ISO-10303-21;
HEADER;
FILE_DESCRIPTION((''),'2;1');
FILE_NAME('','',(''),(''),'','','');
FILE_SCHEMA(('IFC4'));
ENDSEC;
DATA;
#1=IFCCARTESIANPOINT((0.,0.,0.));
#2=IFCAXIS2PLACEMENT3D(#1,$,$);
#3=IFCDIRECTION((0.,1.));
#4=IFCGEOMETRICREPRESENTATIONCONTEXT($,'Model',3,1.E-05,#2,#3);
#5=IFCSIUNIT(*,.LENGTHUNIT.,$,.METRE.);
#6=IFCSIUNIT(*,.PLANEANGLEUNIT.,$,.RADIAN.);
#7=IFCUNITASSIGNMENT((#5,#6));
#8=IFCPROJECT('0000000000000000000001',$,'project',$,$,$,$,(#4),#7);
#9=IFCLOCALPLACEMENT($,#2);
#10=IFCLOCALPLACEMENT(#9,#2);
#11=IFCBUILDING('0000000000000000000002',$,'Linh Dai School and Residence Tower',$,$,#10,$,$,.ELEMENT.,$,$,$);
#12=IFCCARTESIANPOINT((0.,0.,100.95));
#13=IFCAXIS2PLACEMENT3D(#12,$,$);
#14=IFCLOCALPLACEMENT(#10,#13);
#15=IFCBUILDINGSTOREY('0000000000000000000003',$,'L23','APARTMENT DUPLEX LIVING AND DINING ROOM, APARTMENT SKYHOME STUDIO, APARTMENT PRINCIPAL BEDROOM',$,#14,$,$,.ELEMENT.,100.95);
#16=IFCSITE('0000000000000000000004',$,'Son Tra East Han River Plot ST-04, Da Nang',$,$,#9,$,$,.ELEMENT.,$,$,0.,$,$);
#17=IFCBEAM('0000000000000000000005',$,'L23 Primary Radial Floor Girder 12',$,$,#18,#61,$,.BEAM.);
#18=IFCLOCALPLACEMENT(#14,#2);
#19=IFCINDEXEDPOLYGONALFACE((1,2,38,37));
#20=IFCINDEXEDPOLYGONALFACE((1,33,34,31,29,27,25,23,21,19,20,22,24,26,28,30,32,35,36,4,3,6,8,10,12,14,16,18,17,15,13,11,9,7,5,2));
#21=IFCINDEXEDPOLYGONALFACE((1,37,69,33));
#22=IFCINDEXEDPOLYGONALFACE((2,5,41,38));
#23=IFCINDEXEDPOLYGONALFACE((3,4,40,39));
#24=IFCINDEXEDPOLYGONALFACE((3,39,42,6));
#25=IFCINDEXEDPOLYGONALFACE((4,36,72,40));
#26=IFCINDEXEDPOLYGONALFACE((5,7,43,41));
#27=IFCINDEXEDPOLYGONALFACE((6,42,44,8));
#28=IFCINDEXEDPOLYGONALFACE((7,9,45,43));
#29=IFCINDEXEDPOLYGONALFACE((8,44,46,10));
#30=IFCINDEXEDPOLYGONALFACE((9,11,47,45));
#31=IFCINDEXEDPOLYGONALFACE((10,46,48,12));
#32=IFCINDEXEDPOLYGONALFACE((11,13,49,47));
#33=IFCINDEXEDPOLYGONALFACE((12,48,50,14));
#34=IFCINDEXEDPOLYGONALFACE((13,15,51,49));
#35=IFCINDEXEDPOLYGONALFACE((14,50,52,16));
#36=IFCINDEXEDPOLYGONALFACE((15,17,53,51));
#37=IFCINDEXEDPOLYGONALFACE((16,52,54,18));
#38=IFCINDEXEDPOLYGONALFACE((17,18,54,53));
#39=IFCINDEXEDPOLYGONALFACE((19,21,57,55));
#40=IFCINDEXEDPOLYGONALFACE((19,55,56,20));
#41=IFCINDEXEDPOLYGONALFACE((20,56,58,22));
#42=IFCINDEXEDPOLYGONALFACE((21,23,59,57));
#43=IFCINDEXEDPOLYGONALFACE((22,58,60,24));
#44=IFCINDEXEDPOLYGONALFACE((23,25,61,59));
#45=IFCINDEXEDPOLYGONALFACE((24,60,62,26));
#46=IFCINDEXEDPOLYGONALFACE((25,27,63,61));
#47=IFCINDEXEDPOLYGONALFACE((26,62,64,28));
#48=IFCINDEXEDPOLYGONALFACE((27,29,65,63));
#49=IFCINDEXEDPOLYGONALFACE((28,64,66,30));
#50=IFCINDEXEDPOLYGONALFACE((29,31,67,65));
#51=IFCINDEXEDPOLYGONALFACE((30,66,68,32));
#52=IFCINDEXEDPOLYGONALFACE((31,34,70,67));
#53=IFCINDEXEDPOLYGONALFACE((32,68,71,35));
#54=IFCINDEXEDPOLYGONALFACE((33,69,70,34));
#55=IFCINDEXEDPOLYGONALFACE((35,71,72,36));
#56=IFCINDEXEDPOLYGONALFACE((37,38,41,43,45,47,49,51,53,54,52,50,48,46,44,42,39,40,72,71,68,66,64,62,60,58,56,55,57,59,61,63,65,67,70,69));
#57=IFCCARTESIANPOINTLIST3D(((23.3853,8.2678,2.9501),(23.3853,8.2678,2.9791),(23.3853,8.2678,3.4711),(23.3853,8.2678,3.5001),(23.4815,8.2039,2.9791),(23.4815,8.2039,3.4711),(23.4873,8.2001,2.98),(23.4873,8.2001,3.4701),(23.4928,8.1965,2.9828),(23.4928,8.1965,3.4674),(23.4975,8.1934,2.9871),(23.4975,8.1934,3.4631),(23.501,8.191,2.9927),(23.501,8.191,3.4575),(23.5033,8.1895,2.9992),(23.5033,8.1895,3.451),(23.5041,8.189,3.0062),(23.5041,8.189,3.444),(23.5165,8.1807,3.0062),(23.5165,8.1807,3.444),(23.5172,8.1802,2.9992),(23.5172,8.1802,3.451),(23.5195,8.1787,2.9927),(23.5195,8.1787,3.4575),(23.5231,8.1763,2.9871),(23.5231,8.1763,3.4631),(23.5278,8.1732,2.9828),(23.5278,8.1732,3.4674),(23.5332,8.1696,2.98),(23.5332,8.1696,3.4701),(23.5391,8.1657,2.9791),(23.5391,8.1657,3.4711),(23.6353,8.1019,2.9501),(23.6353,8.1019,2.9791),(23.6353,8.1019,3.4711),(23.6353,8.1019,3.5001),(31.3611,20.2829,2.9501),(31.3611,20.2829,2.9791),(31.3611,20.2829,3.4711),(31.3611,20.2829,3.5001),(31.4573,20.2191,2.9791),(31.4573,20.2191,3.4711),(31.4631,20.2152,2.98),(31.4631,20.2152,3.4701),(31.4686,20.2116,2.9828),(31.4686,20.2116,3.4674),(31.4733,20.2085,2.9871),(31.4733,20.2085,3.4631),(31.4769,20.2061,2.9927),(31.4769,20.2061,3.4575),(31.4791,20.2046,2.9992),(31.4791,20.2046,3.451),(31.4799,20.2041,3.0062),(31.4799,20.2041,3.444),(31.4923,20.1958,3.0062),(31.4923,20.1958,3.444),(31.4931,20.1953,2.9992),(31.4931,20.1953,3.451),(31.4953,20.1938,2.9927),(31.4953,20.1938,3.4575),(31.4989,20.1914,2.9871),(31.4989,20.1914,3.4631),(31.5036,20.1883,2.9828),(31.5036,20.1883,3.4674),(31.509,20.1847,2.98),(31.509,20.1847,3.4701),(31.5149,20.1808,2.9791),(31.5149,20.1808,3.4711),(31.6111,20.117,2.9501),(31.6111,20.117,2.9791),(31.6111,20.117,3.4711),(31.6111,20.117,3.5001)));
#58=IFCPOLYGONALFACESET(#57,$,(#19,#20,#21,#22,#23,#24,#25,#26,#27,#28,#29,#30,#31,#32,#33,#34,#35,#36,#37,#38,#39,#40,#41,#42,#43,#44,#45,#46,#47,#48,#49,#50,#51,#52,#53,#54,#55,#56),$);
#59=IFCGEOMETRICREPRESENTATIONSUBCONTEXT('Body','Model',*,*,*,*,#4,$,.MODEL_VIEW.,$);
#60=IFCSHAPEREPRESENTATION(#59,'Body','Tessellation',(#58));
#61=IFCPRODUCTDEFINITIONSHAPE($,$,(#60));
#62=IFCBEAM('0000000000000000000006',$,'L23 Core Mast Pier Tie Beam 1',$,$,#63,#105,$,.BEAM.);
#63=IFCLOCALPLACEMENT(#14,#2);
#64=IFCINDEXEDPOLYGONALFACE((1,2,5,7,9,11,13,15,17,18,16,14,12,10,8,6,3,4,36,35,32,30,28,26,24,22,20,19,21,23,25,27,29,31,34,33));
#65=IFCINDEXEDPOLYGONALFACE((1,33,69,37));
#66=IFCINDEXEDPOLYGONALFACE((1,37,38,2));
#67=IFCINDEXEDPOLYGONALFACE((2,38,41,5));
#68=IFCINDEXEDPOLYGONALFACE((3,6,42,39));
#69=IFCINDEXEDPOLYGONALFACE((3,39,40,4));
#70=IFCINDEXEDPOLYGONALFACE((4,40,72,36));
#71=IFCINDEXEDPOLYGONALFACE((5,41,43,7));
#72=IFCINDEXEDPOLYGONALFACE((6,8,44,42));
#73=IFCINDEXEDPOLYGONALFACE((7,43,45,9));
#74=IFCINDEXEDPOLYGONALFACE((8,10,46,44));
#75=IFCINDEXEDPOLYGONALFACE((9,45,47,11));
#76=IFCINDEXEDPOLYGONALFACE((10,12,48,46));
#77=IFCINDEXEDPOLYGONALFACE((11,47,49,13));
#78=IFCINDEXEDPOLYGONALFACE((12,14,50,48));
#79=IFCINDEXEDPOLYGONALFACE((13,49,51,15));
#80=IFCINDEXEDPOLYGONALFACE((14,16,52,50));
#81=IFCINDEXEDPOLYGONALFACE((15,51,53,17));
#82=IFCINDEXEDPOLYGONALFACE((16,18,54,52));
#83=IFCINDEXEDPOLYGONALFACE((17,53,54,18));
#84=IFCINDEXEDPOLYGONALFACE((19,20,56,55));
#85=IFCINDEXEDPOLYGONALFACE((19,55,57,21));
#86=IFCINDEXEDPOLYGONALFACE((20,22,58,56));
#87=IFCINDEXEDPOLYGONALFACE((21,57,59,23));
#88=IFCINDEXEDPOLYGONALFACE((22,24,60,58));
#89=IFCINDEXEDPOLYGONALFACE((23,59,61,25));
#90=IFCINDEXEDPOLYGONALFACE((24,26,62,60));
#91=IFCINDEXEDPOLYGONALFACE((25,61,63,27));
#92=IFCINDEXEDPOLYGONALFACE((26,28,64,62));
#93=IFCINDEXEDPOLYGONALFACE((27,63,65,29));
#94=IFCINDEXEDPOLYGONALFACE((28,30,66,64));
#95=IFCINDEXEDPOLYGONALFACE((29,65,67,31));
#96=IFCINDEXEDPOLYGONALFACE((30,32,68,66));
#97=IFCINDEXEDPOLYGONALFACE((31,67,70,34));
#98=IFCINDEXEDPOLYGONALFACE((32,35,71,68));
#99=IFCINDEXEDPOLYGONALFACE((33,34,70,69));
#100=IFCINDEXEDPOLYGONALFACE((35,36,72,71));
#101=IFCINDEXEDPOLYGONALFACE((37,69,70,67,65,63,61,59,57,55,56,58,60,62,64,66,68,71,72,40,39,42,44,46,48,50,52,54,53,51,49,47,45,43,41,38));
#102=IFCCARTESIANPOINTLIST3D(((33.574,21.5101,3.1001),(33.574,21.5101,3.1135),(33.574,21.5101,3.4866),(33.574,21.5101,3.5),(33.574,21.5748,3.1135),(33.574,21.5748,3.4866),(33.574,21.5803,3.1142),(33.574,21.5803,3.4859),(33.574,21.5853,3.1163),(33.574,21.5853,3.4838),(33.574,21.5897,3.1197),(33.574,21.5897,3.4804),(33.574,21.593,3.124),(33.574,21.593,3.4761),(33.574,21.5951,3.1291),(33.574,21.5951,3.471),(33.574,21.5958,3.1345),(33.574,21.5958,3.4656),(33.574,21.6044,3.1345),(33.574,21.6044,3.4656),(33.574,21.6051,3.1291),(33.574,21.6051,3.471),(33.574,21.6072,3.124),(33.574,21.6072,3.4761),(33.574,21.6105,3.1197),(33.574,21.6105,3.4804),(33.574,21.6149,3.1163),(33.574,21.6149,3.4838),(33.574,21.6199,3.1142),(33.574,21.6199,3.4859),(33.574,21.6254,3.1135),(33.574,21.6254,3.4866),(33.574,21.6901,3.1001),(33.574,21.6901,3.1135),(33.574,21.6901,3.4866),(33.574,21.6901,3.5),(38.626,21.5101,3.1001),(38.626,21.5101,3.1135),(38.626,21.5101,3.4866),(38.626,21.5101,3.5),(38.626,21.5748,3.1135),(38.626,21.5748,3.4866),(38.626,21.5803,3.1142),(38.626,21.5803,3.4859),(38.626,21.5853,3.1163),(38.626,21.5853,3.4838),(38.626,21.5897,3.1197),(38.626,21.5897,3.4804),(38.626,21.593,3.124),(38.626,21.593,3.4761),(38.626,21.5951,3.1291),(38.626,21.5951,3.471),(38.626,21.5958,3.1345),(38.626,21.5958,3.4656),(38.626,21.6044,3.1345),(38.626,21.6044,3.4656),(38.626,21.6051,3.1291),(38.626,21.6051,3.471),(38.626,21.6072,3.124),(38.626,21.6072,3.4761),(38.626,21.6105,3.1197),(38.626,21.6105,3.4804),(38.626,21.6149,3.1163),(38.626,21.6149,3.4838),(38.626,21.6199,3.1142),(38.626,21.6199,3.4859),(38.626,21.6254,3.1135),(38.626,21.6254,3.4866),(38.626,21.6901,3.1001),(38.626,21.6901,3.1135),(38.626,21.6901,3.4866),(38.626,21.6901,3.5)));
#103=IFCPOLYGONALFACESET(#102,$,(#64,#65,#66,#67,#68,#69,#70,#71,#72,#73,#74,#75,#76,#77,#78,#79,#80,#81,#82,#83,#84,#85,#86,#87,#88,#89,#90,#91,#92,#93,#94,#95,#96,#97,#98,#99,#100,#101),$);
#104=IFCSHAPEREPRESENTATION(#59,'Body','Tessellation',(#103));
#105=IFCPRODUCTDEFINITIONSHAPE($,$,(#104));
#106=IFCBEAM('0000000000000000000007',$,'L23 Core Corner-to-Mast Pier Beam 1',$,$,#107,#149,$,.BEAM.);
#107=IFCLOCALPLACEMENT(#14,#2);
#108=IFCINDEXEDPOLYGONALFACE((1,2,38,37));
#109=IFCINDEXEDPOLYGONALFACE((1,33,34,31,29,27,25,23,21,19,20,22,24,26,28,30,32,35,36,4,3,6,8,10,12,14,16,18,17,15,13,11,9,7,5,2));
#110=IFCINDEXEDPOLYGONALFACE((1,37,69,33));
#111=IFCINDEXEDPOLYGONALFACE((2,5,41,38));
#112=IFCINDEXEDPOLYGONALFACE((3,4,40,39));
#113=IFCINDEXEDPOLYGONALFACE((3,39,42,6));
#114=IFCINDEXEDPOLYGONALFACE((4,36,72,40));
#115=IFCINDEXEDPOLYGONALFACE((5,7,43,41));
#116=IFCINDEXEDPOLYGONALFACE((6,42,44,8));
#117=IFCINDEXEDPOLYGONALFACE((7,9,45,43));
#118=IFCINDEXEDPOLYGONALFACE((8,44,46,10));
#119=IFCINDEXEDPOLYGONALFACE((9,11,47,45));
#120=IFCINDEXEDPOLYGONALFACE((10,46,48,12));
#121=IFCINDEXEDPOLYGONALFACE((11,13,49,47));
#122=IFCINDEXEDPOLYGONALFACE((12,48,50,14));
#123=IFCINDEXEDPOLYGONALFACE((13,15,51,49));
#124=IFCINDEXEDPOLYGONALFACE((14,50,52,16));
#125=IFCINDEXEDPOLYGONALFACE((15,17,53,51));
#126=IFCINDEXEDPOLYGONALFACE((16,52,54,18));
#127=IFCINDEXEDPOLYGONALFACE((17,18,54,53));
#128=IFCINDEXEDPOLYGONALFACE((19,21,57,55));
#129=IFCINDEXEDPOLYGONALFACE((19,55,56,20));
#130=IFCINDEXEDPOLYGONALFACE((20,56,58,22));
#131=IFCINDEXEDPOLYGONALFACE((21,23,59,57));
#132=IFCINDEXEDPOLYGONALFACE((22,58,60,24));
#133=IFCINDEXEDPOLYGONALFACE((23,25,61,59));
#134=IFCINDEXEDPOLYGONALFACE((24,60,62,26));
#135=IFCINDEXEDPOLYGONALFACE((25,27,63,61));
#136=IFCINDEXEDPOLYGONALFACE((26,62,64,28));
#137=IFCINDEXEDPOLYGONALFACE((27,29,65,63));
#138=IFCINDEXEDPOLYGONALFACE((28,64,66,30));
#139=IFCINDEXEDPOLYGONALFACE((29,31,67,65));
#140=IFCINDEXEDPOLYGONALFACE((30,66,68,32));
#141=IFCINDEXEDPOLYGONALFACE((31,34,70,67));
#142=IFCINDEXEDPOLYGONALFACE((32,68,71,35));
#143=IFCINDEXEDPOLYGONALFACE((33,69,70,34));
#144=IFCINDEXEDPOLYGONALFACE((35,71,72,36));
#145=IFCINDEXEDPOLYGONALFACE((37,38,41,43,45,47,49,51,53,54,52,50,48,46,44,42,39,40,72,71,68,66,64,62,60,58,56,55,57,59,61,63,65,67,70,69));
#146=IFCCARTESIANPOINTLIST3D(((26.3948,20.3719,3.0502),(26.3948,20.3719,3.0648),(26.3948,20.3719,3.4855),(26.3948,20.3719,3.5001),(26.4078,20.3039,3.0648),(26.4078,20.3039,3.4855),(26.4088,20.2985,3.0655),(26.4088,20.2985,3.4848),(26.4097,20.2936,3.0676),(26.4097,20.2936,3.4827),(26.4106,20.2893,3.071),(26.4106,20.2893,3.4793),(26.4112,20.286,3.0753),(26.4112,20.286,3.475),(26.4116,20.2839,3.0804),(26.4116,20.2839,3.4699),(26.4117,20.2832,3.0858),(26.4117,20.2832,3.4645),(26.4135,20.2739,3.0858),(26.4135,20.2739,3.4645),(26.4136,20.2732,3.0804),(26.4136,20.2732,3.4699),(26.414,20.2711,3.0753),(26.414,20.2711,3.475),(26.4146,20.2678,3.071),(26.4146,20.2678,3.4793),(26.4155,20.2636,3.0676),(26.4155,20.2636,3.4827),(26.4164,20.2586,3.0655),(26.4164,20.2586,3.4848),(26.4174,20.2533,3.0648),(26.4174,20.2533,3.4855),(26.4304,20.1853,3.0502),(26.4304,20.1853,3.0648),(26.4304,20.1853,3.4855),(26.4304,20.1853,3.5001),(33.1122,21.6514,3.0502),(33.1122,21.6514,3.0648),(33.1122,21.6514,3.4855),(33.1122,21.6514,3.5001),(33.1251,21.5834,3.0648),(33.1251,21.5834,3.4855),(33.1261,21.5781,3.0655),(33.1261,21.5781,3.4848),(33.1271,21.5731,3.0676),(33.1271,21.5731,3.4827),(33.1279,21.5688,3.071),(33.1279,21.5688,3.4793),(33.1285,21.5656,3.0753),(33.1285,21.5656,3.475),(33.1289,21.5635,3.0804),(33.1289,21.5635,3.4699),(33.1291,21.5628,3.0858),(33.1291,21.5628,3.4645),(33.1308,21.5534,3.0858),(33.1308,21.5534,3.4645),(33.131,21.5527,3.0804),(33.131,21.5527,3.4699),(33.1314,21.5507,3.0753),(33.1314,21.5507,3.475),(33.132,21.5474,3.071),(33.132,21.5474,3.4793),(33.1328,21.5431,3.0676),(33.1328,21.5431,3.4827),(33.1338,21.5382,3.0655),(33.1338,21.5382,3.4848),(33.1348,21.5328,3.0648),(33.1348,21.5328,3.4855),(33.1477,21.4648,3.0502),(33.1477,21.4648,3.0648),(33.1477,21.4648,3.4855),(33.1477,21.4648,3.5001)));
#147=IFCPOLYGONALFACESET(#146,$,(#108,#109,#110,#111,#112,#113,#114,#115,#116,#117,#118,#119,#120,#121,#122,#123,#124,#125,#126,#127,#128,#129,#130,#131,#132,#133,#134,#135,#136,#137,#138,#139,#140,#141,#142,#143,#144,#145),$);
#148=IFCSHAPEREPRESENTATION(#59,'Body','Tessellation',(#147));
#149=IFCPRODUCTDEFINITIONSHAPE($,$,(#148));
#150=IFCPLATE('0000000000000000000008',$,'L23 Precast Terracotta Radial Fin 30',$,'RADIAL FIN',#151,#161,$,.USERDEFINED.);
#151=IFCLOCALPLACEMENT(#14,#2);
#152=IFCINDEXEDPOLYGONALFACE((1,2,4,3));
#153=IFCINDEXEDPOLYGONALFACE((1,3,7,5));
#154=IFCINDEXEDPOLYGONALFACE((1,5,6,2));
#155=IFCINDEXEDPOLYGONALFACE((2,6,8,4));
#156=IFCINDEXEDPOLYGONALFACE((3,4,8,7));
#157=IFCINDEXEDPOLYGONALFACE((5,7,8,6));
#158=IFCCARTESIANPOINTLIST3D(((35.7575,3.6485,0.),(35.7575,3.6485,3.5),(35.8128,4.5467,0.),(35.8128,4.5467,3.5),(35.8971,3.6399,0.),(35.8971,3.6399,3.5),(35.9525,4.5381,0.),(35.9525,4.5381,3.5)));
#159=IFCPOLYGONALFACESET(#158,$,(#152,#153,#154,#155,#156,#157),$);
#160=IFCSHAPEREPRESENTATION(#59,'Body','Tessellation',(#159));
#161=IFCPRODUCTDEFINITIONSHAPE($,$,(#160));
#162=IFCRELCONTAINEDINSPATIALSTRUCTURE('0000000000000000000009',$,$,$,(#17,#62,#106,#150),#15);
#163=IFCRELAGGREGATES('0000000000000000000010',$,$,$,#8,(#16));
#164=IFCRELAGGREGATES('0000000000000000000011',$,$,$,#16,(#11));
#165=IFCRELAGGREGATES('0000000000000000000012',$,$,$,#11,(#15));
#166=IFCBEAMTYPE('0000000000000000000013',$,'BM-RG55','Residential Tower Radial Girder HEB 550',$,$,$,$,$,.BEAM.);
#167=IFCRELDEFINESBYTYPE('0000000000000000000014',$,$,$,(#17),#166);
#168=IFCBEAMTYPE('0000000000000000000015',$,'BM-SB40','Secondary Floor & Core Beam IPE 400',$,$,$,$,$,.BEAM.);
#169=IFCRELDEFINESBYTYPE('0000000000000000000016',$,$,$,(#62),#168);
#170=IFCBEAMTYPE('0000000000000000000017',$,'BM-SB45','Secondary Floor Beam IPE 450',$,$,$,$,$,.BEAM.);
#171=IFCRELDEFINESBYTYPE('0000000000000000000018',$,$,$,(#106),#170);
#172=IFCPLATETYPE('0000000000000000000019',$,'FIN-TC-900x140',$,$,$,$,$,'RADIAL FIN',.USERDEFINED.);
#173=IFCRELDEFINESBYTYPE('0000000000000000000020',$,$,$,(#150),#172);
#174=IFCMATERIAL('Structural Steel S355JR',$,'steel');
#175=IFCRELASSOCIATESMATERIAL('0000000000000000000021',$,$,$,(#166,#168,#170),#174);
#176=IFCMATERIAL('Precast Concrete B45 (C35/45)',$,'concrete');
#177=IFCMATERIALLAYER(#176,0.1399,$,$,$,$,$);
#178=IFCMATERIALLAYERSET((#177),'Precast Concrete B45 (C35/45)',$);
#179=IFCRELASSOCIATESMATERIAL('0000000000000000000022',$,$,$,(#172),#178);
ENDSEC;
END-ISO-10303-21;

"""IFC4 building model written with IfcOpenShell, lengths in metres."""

from ifc_helpers import new_model, si_unit, direction, frame, origin, origin_2d, place, context, subcontext, project, spatial, rectangle, i_section, extrude, source, transform, mapped, material, layer, layer_set, material_profile, profile_set, type_object, element, save


model = new_model("IFC4")

# Units and contexts
model_context = context("Model", 3, precision=1e-05, world=origin(), true_north=direction((0.0, 1.0)))
body_context = subcontext(model_context, "Body", "Model", "MODEL_VIEW")
ifc_project = project(units=[si_unit("LENGTHUNIT", "METRE"), si_unit("PLANEANGLEUNIT", "RADIAN")], contexts=[model_context])

# Site, building, storey
site_placement = place(None, origin())
site = spatial("IfcSite", under=ifc_project, at=site_placement, Name="Son Tra East Han River Plot ST-04, Da Nang", CompositionType="ELEMENT", RefElevation=0.0)
building_placement = place(site_placement, origin())
building = spatial("IfcBuilding", under=site, at=building_placement, Name="Linh Dai School and Residence Tower", CompositionType="ELEMENT")
storey_placement = place(building_placement, frame((0.0, 0.0, 100.95)))
storey = spatial("IfcBuildingStorey", under=building, at=storey_placement, Name="L23", Description="APARTMENT DUPLEX LIVING AND DINING ROOM, APARTMENT SKYHOME STUDIO, APARTMENT PRINCIPAL BEDROOM", CompositionType="ELEMENT", Elevation=100.95)

# Shared definitions
ifc_material_1 = material(Name="Structural Steel S355JR", Category="steel")

# Beams
ifc_material_profile_1 = material_profile(ifc_material_1, i_section(OverallWidth=0.3, OverallDepth=0.55, WebThickness=0.0149, FlangeThickness=0.0291, FilletRadius=0.0271, at=origin_2d()), Name="HEB 550")
ifc_profile_set_1 = profile_set([ifc_material_profile_1], Name="Structural Steel S355JR")
beam_type_1 = type_object("IfcBeamType", Name="BM-RG55", Description="Residential Tower Radial Girder HEB 550", PredefinedType="BEAM", material=ifc_profile_set_1)
beam_1_placement = place(storey_placement, frame((31.4861, 20.2, 3.2251), z_axis=(-0.553054, -0.833145, 0.0), x_axis=(0.833145, -0.553054, 0.0)))
element("IfcBeam", 1, at=beam_1_placement, inside=storey, type_object=beam_type_1, Name="L23 Primary Radial Floor Girder 12", PredefinedType="BEAM", context=body_context, shape_type="SweptSolid", body=[
    extrude(i_section(OverallWidth=0.3, OverallDepth=0.55, WebThickness=0.0149, FlangeThickness=0.0291, FilletRadius=0.0271, at=origin_2d()), origin(), (0.0, 0.0, 1.0), 14.4214),
])
ifc_material_profile_2 = material_profile(ifc_material_1, i_section(OverallWidth=0.1799, OverallDepth=0.3999, WebThickness=0.0085, FlangeThickness=0.0134, FilletRadius=0.021, at=origin_2d()), Name="IPE 400")
ifc_profile_set_2 = profile_set([ifc_material_profile_2], Name="Structural Steel S355JR")
beam_type_2 = type_object("IfcBeamType", Name="BM-SB40", Description="Secondary Floor & Core Beam IPE 400", PredefinedType="BEAM", material=ifc_profile_set_2)
beam_2_placement = place(storey_placement, frame((33.574, 21.6001, 3.3), z_axis=(1.0, 0.0, 0.0), x_axis=(0.0, 1.0, 0.0)))
element("IfcBeam", 2, at=beam_2_placement, inside=storey, type_object=beam_type_2, Name="L23 Core Mast Pier Tie Beam 1", PredefinedType="BEAM", context=body_context, shape_type="SweptSolid", body=[
    extrude(i_section(OverallWidth=0.1799, OverallDepth=0.3999, WebThickness=0.0085, FlangeThickness=0.0134, FilletRadius=0.021, at=origin_2d()), origin(), (0.0, 0.0, 1.0), 5.052),
])
ifc_material_profile_3 = material_profile(ifc_material_1, i_section(OverallWidth=0.1899, OverallDepth=0.45, WebThickness=0.0095, FlangeThickness=0.0146, FilletRadius=0.021, at=origin_2d()), Name="IPE 450")
ifc_profile_set_3 = profile_set([ifc_material_profile_3], Name="Structural Steel S355JR")
beam_type_3 = type_object("IfcBeamType", Name="BM-SB45", Description="Secondary Floor Beam IPE 450", PredefinedType="BEAM", material=ifc_profile_set_3)
beam_3_placement = place(storey_placement, frame((26.4126, 20.2786, 3.2751), z_axis=(0.982337, 0.18712, 0.0), x_axis=(-0.18712, 0.982337, 0.0)))
element("IfcBeam", 3, at=beam_3_placement, inside=storey, type_object=beam_type_3, Name="L23 Core Corner-to-Mast Pier Beam 1", PredefinedType="BEAM", context=body_context, shape_type="SweptSolid", body=[
    extrude(i_section(OverallWidth=0.1899, OverallDepth=0.45, WebThickness=0.0095, FlangeThickness=0.0146, FilletRadius=0.021, at=origin_2d()), origin(), (0.0, 0.0, 1.0), 6.8381),
])

# Plate
ifc_material_2 = material(Name="Precast Concrete B45 (C35/45)", Category="concrete")
ifc_layer_1 = layer(ifc_material_2, 0.1399)
ifc_layer_set_1 = layer_set([ifc_layer_1], Name="Precast Concrete B45 (C35/45)")
plate_type = type_object("IfcPlateType", Name="FIN-TC-900x140", ElementType="RADIAL FIN", PredefinedType="USERDEFINED", material=ifc_layer_set_1)
shared_shape_1 = source(origin(), body_context, "Body", "SweptSolid", [
    extrude(rectangle(XDim=0.8999, YDim=0.1399, at=origin_2d()), origin(), (0.0, 0.0, 1.0), 3.5),
])
plate_placement = place(storey_placement, frame((35.855, 4.0933, 0.0), z_axis=(0.0, 0.0, 1.0), x_axis=(-0.061509, -0.998107, 0.0)))
element("IfcPlate", 4, at=plate_placement, inside=storey, type_object=plate_type, Name="L23 Precast Terracotta Radial Fin 30", ObjectType="RADIAL FIN", PredefinedType="USERDEFINED", context=body_context, shape_type="MappedRepresentation", body=[
    mapped(shared_shape_1, transform((0.0, 0.0, 0.0), x_axis=(1.0, 0.0, 0.0), y_axis=(0.0, 1.0, 0.0), z_axis=(0.0, 0.0, 1.0), scale=1.0)),
])

save(model, "model.ifc")
